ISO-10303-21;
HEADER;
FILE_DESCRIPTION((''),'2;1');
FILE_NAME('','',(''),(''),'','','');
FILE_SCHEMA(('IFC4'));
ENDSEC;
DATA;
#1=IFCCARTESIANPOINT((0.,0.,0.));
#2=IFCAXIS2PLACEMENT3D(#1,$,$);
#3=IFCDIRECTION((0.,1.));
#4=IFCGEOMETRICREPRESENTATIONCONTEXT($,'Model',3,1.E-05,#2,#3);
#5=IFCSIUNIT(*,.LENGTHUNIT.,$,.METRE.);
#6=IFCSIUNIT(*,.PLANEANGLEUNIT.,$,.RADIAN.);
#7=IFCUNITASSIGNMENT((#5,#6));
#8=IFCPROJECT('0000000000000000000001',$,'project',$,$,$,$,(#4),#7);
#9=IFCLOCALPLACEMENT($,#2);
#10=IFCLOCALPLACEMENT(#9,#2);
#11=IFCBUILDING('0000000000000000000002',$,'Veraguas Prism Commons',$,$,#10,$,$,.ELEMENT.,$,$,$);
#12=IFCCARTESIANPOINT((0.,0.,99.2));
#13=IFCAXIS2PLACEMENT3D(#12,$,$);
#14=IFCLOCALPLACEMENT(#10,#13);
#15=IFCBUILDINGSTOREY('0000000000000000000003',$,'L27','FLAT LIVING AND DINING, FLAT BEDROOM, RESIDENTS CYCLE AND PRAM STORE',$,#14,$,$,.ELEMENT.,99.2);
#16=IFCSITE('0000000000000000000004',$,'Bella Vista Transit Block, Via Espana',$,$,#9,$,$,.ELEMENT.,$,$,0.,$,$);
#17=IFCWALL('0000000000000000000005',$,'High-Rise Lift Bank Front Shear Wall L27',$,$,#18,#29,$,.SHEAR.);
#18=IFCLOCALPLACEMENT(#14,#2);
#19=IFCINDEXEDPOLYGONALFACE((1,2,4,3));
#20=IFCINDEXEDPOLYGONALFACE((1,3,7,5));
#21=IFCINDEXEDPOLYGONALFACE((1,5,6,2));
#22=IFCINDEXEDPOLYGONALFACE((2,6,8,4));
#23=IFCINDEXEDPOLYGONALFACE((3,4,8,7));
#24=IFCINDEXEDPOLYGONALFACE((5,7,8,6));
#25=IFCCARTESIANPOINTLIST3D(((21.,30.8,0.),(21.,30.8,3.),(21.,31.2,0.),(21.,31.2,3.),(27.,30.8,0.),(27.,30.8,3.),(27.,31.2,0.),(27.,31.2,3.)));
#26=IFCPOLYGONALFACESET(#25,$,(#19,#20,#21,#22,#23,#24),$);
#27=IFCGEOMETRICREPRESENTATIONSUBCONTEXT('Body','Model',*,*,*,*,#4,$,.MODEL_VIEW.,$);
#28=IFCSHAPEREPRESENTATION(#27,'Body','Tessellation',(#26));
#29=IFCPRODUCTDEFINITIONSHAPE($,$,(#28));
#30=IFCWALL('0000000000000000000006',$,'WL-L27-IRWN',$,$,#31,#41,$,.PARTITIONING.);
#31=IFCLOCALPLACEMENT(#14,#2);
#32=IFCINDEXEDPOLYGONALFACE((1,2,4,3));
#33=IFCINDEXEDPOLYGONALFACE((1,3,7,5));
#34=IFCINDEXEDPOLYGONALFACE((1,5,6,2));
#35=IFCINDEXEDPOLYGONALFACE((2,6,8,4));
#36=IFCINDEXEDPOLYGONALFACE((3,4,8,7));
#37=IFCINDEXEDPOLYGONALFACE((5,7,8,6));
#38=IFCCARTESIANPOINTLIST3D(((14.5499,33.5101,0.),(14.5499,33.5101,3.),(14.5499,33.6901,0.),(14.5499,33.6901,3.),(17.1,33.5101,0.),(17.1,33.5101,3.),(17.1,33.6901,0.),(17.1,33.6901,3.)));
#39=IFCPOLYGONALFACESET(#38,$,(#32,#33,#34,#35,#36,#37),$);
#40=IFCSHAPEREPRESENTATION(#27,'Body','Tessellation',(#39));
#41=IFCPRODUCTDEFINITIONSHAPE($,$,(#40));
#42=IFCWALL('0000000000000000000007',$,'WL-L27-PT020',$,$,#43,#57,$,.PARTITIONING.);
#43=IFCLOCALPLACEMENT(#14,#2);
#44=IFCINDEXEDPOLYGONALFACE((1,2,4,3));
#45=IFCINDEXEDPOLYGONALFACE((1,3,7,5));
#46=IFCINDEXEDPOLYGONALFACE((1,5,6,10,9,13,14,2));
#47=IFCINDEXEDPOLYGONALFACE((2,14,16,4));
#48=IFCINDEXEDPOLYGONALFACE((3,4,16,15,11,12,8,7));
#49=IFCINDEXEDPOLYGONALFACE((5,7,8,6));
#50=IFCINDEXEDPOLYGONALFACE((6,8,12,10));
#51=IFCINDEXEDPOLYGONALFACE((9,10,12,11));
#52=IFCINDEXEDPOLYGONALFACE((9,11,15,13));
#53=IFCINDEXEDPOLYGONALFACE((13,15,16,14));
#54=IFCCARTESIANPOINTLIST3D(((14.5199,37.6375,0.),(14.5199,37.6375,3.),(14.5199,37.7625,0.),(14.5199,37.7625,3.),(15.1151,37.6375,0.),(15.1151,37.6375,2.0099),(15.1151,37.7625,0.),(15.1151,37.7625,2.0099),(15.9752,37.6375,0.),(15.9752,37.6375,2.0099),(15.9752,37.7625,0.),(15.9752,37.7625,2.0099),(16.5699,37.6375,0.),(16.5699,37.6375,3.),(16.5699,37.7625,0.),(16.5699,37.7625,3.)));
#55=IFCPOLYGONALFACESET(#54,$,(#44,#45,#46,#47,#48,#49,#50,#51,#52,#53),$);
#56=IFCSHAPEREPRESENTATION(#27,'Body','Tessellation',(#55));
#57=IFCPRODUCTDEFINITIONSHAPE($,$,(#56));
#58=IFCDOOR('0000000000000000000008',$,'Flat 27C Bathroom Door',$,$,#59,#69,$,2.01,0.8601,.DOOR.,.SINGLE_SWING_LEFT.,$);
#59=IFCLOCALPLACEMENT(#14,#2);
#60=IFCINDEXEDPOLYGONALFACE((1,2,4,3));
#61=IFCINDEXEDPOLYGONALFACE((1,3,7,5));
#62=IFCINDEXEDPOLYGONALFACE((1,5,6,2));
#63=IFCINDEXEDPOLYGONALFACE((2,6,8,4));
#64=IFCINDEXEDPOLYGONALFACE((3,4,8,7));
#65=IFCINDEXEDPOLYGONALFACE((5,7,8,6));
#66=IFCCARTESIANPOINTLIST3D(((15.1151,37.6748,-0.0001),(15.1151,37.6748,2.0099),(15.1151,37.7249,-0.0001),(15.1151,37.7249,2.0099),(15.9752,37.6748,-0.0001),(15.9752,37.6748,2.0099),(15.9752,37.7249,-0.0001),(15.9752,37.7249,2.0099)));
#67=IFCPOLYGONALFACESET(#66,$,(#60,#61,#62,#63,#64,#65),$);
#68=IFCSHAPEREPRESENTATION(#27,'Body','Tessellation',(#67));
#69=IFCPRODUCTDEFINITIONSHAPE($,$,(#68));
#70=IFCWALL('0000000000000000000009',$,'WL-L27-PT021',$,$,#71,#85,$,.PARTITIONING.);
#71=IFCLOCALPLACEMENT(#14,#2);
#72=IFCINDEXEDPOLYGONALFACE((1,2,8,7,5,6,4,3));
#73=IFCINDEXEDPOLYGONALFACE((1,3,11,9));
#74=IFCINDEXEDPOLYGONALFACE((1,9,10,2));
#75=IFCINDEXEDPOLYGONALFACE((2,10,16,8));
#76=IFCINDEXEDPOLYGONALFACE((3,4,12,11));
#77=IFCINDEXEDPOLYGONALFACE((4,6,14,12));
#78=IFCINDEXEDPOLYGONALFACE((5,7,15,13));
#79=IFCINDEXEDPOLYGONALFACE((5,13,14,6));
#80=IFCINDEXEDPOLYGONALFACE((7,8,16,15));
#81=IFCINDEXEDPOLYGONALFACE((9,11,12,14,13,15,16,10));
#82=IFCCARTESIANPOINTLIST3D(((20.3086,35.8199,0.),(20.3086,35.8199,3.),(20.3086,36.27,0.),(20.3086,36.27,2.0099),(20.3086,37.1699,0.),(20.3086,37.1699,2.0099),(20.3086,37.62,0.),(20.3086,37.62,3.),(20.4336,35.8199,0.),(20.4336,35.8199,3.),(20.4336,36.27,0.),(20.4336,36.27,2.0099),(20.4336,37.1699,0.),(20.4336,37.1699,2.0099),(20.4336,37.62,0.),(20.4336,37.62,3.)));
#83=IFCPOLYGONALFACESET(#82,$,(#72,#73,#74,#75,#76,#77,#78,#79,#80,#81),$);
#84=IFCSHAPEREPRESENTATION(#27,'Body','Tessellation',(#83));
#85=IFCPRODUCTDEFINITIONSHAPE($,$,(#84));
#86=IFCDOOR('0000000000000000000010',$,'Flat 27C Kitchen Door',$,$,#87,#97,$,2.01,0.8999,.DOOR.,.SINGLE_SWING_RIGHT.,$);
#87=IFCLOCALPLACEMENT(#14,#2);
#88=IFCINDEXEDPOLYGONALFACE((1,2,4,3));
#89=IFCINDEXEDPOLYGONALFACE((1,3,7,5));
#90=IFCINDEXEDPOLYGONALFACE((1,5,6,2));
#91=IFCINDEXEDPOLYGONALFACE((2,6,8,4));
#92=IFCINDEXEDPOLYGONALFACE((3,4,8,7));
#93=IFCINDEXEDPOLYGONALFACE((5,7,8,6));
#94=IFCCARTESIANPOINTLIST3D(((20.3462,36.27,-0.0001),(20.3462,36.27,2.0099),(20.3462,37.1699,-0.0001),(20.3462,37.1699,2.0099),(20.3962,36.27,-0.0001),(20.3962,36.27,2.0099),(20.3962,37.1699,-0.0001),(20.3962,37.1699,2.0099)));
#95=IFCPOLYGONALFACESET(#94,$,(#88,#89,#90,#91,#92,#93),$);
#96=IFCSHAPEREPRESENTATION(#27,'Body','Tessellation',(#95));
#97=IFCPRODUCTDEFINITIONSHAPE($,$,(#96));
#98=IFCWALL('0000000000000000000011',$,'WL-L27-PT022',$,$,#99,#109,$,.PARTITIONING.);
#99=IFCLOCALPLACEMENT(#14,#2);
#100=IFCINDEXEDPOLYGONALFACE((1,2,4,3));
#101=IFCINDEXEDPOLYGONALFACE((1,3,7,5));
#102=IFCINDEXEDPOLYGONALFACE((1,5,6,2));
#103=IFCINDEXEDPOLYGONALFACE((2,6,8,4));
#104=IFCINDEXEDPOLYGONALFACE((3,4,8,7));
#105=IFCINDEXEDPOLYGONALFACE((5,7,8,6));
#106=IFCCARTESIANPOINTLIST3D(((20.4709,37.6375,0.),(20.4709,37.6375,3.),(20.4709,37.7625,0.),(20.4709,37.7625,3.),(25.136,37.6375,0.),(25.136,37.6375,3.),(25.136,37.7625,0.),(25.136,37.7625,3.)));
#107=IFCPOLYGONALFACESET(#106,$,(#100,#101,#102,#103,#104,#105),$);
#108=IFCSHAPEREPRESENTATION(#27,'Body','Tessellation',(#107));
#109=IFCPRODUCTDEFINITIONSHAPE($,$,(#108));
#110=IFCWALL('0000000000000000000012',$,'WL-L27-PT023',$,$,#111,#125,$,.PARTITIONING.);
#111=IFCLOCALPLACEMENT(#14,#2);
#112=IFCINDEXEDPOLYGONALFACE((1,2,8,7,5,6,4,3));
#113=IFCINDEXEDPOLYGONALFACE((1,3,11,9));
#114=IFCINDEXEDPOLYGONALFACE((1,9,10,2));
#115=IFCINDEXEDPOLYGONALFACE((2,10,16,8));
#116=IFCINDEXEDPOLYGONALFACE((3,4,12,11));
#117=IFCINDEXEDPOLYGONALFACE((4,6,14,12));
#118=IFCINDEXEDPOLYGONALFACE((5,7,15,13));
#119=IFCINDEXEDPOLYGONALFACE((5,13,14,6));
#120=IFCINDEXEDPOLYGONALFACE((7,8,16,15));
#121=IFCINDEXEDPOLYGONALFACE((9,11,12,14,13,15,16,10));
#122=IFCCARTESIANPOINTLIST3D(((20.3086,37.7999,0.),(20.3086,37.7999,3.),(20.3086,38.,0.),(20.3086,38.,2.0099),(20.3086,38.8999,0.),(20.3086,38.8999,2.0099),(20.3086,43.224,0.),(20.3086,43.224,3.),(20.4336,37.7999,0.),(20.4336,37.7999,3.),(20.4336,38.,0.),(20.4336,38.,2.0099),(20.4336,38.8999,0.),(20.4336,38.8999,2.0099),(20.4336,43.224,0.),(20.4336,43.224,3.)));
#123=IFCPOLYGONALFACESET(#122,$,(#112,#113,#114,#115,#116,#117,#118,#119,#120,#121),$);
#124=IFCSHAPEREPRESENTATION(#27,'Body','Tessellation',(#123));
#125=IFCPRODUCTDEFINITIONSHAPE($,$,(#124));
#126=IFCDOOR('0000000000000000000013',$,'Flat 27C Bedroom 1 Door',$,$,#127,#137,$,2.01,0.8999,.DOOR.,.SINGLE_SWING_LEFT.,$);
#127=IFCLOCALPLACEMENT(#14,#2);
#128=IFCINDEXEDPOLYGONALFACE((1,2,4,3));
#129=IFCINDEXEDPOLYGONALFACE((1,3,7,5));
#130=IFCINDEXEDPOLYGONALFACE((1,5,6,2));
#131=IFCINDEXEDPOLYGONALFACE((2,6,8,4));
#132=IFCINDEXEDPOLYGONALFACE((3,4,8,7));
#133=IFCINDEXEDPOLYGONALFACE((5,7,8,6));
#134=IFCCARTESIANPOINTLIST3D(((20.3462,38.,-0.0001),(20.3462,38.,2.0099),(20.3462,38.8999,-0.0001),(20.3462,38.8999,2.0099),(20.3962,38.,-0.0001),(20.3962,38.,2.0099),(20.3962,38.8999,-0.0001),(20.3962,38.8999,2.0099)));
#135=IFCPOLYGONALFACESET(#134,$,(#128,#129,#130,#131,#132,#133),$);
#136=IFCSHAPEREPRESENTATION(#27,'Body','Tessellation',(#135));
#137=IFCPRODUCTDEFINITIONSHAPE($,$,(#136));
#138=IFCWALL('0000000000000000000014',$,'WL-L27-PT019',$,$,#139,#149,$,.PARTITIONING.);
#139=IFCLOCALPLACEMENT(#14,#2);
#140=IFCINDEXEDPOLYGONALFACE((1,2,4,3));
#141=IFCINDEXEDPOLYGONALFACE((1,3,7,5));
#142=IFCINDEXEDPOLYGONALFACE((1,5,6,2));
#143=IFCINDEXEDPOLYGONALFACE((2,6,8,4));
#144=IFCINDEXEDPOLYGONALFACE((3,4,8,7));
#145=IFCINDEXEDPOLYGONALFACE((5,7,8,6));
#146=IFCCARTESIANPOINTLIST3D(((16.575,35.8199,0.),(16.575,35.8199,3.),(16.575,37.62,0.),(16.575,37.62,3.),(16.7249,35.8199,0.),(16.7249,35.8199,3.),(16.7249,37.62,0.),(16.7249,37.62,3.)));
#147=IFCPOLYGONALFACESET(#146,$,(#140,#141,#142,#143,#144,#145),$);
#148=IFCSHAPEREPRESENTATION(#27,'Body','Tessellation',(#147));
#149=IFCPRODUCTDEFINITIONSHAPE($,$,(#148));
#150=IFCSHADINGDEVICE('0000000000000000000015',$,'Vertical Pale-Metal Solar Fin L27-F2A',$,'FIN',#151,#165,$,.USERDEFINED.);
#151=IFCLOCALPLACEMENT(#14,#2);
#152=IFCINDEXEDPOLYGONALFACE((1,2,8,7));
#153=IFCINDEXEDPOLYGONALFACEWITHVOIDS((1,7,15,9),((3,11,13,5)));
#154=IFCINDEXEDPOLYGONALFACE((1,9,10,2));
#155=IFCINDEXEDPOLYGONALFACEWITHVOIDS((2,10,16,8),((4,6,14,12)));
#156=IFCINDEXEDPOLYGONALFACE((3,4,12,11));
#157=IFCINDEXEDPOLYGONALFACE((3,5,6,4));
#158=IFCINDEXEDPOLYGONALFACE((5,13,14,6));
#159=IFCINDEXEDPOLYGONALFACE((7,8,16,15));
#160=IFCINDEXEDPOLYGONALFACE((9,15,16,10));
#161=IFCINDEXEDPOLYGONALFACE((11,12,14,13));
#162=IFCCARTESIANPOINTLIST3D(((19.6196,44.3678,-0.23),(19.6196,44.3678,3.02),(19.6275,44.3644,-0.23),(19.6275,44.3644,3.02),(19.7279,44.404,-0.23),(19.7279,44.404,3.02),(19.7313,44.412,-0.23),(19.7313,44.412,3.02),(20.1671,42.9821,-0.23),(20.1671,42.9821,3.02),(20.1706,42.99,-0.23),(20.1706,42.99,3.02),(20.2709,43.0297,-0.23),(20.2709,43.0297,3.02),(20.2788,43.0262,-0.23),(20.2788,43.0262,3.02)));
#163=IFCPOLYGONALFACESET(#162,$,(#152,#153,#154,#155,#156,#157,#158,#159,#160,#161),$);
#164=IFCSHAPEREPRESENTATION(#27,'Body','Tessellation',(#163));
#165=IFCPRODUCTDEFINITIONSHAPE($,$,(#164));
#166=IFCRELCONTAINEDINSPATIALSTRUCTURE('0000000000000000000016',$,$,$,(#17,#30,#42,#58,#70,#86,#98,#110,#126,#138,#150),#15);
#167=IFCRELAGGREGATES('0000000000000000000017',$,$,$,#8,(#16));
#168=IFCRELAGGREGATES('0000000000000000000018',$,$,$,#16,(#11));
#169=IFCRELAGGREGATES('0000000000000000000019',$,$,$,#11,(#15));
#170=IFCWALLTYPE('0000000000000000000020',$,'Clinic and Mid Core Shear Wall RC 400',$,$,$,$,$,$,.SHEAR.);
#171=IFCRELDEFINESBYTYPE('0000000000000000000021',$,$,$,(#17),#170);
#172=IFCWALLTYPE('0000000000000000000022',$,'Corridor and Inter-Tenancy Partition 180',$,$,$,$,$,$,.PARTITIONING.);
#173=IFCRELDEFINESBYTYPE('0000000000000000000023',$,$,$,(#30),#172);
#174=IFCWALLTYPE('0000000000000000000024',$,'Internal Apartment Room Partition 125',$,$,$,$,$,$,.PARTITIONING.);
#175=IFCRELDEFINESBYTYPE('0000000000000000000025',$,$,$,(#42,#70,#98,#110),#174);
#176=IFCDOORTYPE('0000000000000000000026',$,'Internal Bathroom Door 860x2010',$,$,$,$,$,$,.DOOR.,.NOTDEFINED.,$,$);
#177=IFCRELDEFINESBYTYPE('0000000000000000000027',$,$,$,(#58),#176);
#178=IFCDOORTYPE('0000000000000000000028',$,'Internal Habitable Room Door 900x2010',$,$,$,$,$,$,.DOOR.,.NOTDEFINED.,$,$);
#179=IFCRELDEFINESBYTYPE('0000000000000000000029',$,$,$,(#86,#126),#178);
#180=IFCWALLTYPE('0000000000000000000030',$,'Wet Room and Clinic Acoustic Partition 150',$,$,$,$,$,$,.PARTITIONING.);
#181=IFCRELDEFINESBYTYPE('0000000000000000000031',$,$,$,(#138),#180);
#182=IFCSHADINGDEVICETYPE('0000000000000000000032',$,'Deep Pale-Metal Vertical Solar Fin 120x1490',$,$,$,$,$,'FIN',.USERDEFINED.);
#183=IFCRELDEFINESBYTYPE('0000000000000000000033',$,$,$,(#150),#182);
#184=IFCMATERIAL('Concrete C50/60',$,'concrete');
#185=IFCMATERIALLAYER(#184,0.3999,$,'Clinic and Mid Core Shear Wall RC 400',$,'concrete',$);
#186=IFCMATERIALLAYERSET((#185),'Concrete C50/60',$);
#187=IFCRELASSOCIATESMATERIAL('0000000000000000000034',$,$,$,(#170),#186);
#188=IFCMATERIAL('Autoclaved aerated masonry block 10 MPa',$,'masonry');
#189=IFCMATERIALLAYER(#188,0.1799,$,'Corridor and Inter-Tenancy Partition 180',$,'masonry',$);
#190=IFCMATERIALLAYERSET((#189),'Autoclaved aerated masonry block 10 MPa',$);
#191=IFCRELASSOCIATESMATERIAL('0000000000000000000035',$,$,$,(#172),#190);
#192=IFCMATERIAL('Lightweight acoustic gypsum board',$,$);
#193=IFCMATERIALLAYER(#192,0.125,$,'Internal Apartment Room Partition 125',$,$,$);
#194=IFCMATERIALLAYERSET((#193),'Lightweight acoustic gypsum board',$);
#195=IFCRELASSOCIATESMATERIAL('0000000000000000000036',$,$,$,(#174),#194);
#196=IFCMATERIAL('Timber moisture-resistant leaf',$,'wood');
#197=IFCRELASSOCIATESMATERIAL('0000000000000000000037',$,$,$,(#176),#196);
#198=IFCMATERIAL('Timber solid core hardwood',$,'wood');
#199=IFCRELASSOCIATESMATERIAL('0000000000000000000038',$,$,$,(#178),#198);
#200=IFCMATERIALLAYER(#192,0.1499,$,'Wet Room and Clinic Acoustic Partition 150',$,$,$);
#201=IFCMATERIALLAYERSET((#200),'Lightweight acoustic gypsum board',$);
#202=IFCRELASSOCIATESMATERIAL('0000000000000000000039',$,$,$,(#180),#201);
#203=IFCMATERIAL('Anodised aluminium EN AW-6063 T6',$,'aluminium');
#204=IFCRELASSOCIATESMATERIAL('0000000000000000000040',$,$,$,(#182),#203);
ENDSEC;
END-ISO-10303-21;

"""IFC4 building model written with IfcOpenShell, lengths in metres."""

from ifc_helpers import new_model, si_unit, direction, frame, frame_2d, origin, origin_2d, place, context, subcontext, project, spatial, rectangle, hollow_rectangle, extrude, source, transform, mapped, material, layer, layer_set, material_profile, profile_set, type_object, element, fill, save


model = new_model("IFC4")

# Units and contexts
model_context = context("Model", 3, precision=1e-05, world=origin(), true_north=direction((0.0, 1.0)))
body_context = subcontext(model_context, "Body", "Model", "MODEL_VIEW")
ifc_project = project(units=[si_unit("LENGTHUNIT", "METRE"), si_unit("PLANEANGLEUNIT", "RADIAN")], contexts=[model_context])

# Site, building, storey
site_placement = place(None, origin())
site = spatial("IfcSite", under=ifc_project, at=site_placement, Name="Bella Vista Transit Block, Via Espana", CompositionType="ELEMENT", RefElevation=0.0)
building_placement = place(site_placement, origin())
building = spatial("IfcBuilding", under=site, at=building_placement, Name="Veraguas Prism Commons", CompositionType="ELEMENT")
storey_placement = place(building_placement, frame((0.0, 0.0, 99.2)))
storey = spatial("IfcBuildingStorey", under=building, at=storey_placement, Name="L27", Description="FLAT LIVING AND DINING, FLAT BEDROOM, RESIDENTS CYCLE AND PRAM STORE", CompositionType="ELEMENT", Elevation=99.2)

# Shared definitions
ifc_material_1 = material(Name="Concrete C50/60", Category="concrete")

# Shared definitions
ifc_material_2 = material(Name="Anodised aluminium EN AW-6063 T6", Category="aluminium")

# Walls
ifc_layer_1 = layer(ifc_material_1, 0.3999, Name="Clinic and Mid Core Shear Wall RC 400", Category="concrete")
ifc_layer_set_1 = layer_set([ifc_layer_1], Name="Concrete C50/60")
wall_type_1 = type_object("IfcWallType", Name="Clinic and Mid Core Shear Wall RC 400", PredefinedType="SHEAR", material=ifc_layer_set_1)
wall_1_placement = place(storey_placement, frame((21.0, 31.0, 0.0), z_axis=(0.0, 0.0, 1.0), x_axis=(1.0, 0.0, 0.0)))
element("IfcWall", 1, at=wall_1_placement, inside=storey, type_object=wall_type_1, Name="High-Rise Lift Bank Front Shear Wall L27", PredefinedType="SHEAR", context=body_context, shape_type="SweptSolid", body=[
    extrude(rectangle(XDim=6.0, YDim=0.3999, at=frame_2d((3.0, 0.0))), origin(), (0.0, 0.0, 1.0), 3.0),
])
ifc_material_3 = material(Name="Autoclaved aerated masonry block 10 MPa", Category="masonry")
ifc_layer_2 = layer(ifc_material_3, 0.1799, Name="Corridor and Inter-Tenancy Partition 180", Category="masonry")
ifc_layer_set_2 = layer_set([ifc_layer_2], Name="Autoclaved aerated masonry block 10 MPa")
wall_type_2 = type_object("IfcWallType", Name="Corridor and Inter-Tenancy Partition 180", PredefinedType="PARTITIONING", material=ifc_layer_set_2)
wall_2_placement = place(storey_placement, frame((14.55, 33.6001, 0.0), z_axis=(0.0, 0.0, 1.0), x_axis=(1.0, 0.0, 0.0)))
element("IfcWall", 2, at=wall_2_placement, inside=storey, type_object=wall_type_2, Name="WL-L27-IRWN", PredefinedType="PARTITIONING", context=body_context, shape_type="SweptSolid", body=[
    extrude(rectangle(XDim=2.55, YDim=0.1799, at=frame_2d((1.2749, 0.0))), origin(), (0.0, 0.0, 1.0), 3.0),
])

# Walls, openings, doors
ifc_material_4 = material(Name="Lightweight acoustic gypsum board")
ifc_layer_3 = layer(ifc_material_4, 0.125, Name="Internal Apartment Room Partition 125")
ifc_layer_set_3 = layer_set([ifc_layer_3], Name="Lightweight acoustic gypsum board")
wall_type_3 = type_object("IfcWallType", Name="Internal Apartment Room Partition 125", PredefinedType="PARTITIONING", material=ifc_layer_set_3)
wall_3_placement = place(storey_placement, frame((14.52, 37.7, 0.0), z_axis=(0.0, 0.0, 1.0), x_axis=(1.0, 0.0, 0.0)))
wall_3 = element("IfcWall", 3, at=wall_3_placement, inside=storey, type_object=wall_type_3, Name="WL-L27-PT020", PredefinedType="PARTITIONING", context=body_context, shape_type="SweptSolid", body=[
    extrude(rectangle(XDim=2.05, YDim=0.125, at=frame_2d((1.0249, 0.0))), origin(), (0.0, 0.0, 1.0), 3.0),
])
opening_1_placement = place(wall_3_placement, frame((0.595, 0.0, 0.0)))
opening_1 = element("IfcOpeningElement", 4, at=opening_1_placement, cuts=wall_3, PredefinedType="OPENING", context=body_context, shape_type="SweptSolid", body=[
    extrude(rectangle(XDim=0.8601, YDim=2.01, at=frame_2d((0.4302, 1.0049))), frame((0.0, 0.0725, 0.0), z_axis=(0.0, -1.0, 0.0), x_axis=(1.0, 0.0, 0.0)), (0.0, 0.0, 1.0), 0.145),
])
ifc_material_5 = material(Name="Timber moisture-resistant leaf", Category="wood")
door_type_1 = type_object("IfcDoorType", Name="Internal Bathroom Door 860x2010", OperationType="NOTDEFINED", PredefinedType="DOOR", material=ifc_material_5)
shared_shape_1 = source(origin(), body_context, "Body", "SweptSolid", [
    extrude(rectangle(XDim=0.8601, YDim=2.01, at=frame_2d((0.4302, 1.0049))), frame((0.0, 0.0249, 0.0), z_axis=(0.0, -1.0, 0.0), x_axis=(1.0, 0.0, 0.0)), (0.0, 0.0, 1.0), 0.05),
])
door_1_placement = place(opening_1_placement, origin())
door_1 = element("IfcDoor", 5, at=door_1_placement, inside=storey, type_object=door_type_1, Name="Flat 27C Bathroom Door", OperationType="SINGLE_SWING_LEFT", OverallHeight=2.01, OverallWidth=0.8601, PredefinedType="DOOR", context=body_context, shape_type="MappedRepresentation", body=[
    mapped(shared_shape_1, transform((0.0, 0.0, 0.0), scale=1.0)),
])
fill(opening_1, door_1)
wall_4_placement = place(storey_placement, frame((20.3711, 35.8201, 0.0), z_axis=(0.0, 0.0, 1.0), x_axis=(0.0, 1.0, 0.0)))
wall_4 = element("IfcWall", 6, at=wall_4_placement, inside=storey, type_object=wall_type_3, Name="WL-L27-PT021", PredefinedType="PARTITIONING", context=body_context, shape_type="SweptSolid", body=[
    extrude(rectangle(XDim=1.8, YDim=0.125, at=frame_2d((0.8999, 0.0))), origin(), (0.0, 0.0, 1.0), 3.0),
])
opening_2_placement = place(wall_4_placement, frame((0.45, 0.0, 0.0)))
opening_2 = element("IfcOpeningElement", 7, at=opening_2_placement, cuts=wall_4, PredefinedType="OPENING", context=body_context, shape_type="SweptSolid", body=[
    extrude(rectangle(XDim=0.8999, YDim=2.01, at=frame_2d((0.45, 1.0049))), frame((0.0, 0.0725, 0.0), z_axis=(0.0, -1.0, 0.0), x_axis=(1.0, 0.0, 0.0)), (0.0, 0.0, 1.0), 0.145),
])
ifc_material_6 = material(Name="Timber solid core hardwood", Category="wood")
door_type_2 = type_object("IfcDoorType", Name="Internal Habitable Room Door 900x2010", OperationType="NOTDEFINED", PredefinedType="DOOR", material=ifc_material_6)
shared_shape_2 = source(origin(), body_context, "Body", "SweptSolid", [
    extrude(rectangle(XDim=0.8999, YDim=2.01, at=frame_2d((0.45, 1.0049))), frame((0.0, 0.0249, 0.0), z_axis=(0.0, -1.0, 0.0), x_axis=(1.0, 0.0, 0.0)), (0.0, 0.0, 1.0), 0.05),
])
door_2_placement = place(opening_2_placement, origin())
door_2 = element("IfcDoor", 8, at=door_2_placement, inside=storey, type_object=door_type_2, Name="Flat 27C Kitchen Door", OperationType="SINGLE_SWING_RIGHT", OverallHeight=2.01, OverallWidth=0.8999, PredefinedType="DOOR", context=body_context, shape_type="MappedRepresentation", body=[
    mapped(shared_shape_2, transform((0.0, 0.0, 0.0), scale=1.0)),
])
fill(opening_2, door_2)

# Wall
wall_5_placement = place(storey_placement, frame((20.4709, 37.7, 0.0), z_axis=(0.0, 0.0, 1.0), x_axis=(1.0, 0.0, 0.0)))
element("IfcWall", 9, at=wall_5_placement, inside=storey, type_object=wall_type_3, Name="WL-L27-PT022", PredefinedType="PARTITIONING", context=body_context, shape_type="SweptSolid", body=[
    extrude(rectangle(XDim=4.665, YDim=0.125, at=frame_2d((2.3325, 0.0))), origin(), (0.0, 0.0, 1.0), 3.0),
])

# Wall, opening, door
wall_6_placement = place(storey_placement, frame((20.3711, 37.8, 0.0), z_axis=(0.0, 0.0, 1.0), x_axis=(0.0, 1.0, 0.0)))
wall_6 = element("IfcWall", 10, at=wall_6_placement, inside=storey, type_object=wall_type_3, Name="WL-L27-PT023", PredefinedType="PARTITIONING", context=body_context, shape_type="SweptSolid", body=[
    extrude(rectangle(XDim=5.4241, YDim=0.125, at=frame_2d((2.7119, 0.0))), origin(), (0.0, 0.0, 1.0), 3.0),
])
opening_3_placement = place(wall_6_placement, frame((0.2, 0.0, 0.0)))
opening_3 = element("IfcOpeningElement", 11, at=opening_3_placement, cuts=wall_6, PredefinedType="OPENING", context=body_context, shape_type="SweptSolid", body=[
    extrude(rectangle(XDim=0.8999, YDim=2.01, at=frame_2d((0.45, 1.0049))), frame((0.0, 0.0725, 0.0), z_axis=(0.0, -1.0, 0.0), x_axis=(1.0, 0.0, 0.0)), (0.0, 0.0, 1.0), 0.145),
])
door_3_placement = place(opening_3_placement, origin())
door_3 = element("IfcDoor", 12, at=door_3_placement, inside=storey, type_object=door_type_2, Name="Flat 27C Bedroom 1 Door", OperationType="SINGLE_SWING_LEFT", OverallHeight=2.01, OverallWidth=0.8999, PredefinedType="DOOR", context=body_context, shape_type="MappedRepresentation", body=[
    mapped(shared_shape_2, transform((0.0, 0.0, 0.0), scale=1.0)),
])
fill(opening_3, door_3)

# Wall
ifc_layer_4 = layer(ifc_material_4, 0.1499, Name="Wet Room and Clinic Acoustic Partition 150")
ifc_layer_set_4 = layer_set([ifc_layer_4], Name="Lightweight acoustic gypsum board")
wall_type_4 = type_object("IfcWallType", Name="Wet Room and Clinic Acoustic Partition 150", PredefinedType="PARTITIONING", material=ifc_layer_set_4)
wall_7_placement = place(storey_placement, frame((16.6499, 35.8201, 0.0), z_axis=(0.0, 0.0, 1.0), x_axis=(0.0, 1.0, 0.0)))
element("IfcWall", 13, at=wall_7_placement, inside=storey, type_object=wall_type_4, Name="WL-L27-PT019", PredefinedType="PARTITIONING", context=body_context, shape_type="SweptSolid", body=[
    extrude(rectangle(XDim=1.8, YDim=0.1499, at=frame_2d((0.8999, 0.0))), origin(), (0.0, 0.0, 1.0), 3.0),
])

# Shading device
ifc_material_profile_1 = material_profile(ifc_material_2, hollow_rectangle(XDim=0.1201, YDim=1.49, WallThickness=0.0061, at=origin_2d()), Name="FIN120X1490X6")
ifc_profile_set_1 = profile_set([ifc_material_profile_1], Name="Anodised aluminium EN AW-6063 T6")
shading_device_type = type_object("IfcShadingDeviceType", Name="Deep Pale-Metal Vertical Solar Fin 120x1490", ElementType="FIN", PredefinedType="USERDEFINED", material=ifc_profile_set_1)
shading_device_placement = place(storey_placement, frame((19.9492, 43.697, -0.23), z_axis=(0.0, 0.0, 1.0), x_axis=(-0.930034, -0.367474, 0.0)))
element("IfcShadingDevice", 14, at=shading_device_placement, inside=storey, type_object=shading_device_type, Name="Vertical Pale-Metal Solar Fin L27-F2A", ObjectType="FIN", PredefinedType="USERDEFINED", context=body_context, shape_type="SweptSolid", body=[
    extrude(hollow_rectangle(XDim=0.1201, YDim=1.49, WallThickness=0.0061, at=origin_2d()), origin(), (0.0, 0.0, 1.0), 3.25),
])

save(model, "model.ifc")
